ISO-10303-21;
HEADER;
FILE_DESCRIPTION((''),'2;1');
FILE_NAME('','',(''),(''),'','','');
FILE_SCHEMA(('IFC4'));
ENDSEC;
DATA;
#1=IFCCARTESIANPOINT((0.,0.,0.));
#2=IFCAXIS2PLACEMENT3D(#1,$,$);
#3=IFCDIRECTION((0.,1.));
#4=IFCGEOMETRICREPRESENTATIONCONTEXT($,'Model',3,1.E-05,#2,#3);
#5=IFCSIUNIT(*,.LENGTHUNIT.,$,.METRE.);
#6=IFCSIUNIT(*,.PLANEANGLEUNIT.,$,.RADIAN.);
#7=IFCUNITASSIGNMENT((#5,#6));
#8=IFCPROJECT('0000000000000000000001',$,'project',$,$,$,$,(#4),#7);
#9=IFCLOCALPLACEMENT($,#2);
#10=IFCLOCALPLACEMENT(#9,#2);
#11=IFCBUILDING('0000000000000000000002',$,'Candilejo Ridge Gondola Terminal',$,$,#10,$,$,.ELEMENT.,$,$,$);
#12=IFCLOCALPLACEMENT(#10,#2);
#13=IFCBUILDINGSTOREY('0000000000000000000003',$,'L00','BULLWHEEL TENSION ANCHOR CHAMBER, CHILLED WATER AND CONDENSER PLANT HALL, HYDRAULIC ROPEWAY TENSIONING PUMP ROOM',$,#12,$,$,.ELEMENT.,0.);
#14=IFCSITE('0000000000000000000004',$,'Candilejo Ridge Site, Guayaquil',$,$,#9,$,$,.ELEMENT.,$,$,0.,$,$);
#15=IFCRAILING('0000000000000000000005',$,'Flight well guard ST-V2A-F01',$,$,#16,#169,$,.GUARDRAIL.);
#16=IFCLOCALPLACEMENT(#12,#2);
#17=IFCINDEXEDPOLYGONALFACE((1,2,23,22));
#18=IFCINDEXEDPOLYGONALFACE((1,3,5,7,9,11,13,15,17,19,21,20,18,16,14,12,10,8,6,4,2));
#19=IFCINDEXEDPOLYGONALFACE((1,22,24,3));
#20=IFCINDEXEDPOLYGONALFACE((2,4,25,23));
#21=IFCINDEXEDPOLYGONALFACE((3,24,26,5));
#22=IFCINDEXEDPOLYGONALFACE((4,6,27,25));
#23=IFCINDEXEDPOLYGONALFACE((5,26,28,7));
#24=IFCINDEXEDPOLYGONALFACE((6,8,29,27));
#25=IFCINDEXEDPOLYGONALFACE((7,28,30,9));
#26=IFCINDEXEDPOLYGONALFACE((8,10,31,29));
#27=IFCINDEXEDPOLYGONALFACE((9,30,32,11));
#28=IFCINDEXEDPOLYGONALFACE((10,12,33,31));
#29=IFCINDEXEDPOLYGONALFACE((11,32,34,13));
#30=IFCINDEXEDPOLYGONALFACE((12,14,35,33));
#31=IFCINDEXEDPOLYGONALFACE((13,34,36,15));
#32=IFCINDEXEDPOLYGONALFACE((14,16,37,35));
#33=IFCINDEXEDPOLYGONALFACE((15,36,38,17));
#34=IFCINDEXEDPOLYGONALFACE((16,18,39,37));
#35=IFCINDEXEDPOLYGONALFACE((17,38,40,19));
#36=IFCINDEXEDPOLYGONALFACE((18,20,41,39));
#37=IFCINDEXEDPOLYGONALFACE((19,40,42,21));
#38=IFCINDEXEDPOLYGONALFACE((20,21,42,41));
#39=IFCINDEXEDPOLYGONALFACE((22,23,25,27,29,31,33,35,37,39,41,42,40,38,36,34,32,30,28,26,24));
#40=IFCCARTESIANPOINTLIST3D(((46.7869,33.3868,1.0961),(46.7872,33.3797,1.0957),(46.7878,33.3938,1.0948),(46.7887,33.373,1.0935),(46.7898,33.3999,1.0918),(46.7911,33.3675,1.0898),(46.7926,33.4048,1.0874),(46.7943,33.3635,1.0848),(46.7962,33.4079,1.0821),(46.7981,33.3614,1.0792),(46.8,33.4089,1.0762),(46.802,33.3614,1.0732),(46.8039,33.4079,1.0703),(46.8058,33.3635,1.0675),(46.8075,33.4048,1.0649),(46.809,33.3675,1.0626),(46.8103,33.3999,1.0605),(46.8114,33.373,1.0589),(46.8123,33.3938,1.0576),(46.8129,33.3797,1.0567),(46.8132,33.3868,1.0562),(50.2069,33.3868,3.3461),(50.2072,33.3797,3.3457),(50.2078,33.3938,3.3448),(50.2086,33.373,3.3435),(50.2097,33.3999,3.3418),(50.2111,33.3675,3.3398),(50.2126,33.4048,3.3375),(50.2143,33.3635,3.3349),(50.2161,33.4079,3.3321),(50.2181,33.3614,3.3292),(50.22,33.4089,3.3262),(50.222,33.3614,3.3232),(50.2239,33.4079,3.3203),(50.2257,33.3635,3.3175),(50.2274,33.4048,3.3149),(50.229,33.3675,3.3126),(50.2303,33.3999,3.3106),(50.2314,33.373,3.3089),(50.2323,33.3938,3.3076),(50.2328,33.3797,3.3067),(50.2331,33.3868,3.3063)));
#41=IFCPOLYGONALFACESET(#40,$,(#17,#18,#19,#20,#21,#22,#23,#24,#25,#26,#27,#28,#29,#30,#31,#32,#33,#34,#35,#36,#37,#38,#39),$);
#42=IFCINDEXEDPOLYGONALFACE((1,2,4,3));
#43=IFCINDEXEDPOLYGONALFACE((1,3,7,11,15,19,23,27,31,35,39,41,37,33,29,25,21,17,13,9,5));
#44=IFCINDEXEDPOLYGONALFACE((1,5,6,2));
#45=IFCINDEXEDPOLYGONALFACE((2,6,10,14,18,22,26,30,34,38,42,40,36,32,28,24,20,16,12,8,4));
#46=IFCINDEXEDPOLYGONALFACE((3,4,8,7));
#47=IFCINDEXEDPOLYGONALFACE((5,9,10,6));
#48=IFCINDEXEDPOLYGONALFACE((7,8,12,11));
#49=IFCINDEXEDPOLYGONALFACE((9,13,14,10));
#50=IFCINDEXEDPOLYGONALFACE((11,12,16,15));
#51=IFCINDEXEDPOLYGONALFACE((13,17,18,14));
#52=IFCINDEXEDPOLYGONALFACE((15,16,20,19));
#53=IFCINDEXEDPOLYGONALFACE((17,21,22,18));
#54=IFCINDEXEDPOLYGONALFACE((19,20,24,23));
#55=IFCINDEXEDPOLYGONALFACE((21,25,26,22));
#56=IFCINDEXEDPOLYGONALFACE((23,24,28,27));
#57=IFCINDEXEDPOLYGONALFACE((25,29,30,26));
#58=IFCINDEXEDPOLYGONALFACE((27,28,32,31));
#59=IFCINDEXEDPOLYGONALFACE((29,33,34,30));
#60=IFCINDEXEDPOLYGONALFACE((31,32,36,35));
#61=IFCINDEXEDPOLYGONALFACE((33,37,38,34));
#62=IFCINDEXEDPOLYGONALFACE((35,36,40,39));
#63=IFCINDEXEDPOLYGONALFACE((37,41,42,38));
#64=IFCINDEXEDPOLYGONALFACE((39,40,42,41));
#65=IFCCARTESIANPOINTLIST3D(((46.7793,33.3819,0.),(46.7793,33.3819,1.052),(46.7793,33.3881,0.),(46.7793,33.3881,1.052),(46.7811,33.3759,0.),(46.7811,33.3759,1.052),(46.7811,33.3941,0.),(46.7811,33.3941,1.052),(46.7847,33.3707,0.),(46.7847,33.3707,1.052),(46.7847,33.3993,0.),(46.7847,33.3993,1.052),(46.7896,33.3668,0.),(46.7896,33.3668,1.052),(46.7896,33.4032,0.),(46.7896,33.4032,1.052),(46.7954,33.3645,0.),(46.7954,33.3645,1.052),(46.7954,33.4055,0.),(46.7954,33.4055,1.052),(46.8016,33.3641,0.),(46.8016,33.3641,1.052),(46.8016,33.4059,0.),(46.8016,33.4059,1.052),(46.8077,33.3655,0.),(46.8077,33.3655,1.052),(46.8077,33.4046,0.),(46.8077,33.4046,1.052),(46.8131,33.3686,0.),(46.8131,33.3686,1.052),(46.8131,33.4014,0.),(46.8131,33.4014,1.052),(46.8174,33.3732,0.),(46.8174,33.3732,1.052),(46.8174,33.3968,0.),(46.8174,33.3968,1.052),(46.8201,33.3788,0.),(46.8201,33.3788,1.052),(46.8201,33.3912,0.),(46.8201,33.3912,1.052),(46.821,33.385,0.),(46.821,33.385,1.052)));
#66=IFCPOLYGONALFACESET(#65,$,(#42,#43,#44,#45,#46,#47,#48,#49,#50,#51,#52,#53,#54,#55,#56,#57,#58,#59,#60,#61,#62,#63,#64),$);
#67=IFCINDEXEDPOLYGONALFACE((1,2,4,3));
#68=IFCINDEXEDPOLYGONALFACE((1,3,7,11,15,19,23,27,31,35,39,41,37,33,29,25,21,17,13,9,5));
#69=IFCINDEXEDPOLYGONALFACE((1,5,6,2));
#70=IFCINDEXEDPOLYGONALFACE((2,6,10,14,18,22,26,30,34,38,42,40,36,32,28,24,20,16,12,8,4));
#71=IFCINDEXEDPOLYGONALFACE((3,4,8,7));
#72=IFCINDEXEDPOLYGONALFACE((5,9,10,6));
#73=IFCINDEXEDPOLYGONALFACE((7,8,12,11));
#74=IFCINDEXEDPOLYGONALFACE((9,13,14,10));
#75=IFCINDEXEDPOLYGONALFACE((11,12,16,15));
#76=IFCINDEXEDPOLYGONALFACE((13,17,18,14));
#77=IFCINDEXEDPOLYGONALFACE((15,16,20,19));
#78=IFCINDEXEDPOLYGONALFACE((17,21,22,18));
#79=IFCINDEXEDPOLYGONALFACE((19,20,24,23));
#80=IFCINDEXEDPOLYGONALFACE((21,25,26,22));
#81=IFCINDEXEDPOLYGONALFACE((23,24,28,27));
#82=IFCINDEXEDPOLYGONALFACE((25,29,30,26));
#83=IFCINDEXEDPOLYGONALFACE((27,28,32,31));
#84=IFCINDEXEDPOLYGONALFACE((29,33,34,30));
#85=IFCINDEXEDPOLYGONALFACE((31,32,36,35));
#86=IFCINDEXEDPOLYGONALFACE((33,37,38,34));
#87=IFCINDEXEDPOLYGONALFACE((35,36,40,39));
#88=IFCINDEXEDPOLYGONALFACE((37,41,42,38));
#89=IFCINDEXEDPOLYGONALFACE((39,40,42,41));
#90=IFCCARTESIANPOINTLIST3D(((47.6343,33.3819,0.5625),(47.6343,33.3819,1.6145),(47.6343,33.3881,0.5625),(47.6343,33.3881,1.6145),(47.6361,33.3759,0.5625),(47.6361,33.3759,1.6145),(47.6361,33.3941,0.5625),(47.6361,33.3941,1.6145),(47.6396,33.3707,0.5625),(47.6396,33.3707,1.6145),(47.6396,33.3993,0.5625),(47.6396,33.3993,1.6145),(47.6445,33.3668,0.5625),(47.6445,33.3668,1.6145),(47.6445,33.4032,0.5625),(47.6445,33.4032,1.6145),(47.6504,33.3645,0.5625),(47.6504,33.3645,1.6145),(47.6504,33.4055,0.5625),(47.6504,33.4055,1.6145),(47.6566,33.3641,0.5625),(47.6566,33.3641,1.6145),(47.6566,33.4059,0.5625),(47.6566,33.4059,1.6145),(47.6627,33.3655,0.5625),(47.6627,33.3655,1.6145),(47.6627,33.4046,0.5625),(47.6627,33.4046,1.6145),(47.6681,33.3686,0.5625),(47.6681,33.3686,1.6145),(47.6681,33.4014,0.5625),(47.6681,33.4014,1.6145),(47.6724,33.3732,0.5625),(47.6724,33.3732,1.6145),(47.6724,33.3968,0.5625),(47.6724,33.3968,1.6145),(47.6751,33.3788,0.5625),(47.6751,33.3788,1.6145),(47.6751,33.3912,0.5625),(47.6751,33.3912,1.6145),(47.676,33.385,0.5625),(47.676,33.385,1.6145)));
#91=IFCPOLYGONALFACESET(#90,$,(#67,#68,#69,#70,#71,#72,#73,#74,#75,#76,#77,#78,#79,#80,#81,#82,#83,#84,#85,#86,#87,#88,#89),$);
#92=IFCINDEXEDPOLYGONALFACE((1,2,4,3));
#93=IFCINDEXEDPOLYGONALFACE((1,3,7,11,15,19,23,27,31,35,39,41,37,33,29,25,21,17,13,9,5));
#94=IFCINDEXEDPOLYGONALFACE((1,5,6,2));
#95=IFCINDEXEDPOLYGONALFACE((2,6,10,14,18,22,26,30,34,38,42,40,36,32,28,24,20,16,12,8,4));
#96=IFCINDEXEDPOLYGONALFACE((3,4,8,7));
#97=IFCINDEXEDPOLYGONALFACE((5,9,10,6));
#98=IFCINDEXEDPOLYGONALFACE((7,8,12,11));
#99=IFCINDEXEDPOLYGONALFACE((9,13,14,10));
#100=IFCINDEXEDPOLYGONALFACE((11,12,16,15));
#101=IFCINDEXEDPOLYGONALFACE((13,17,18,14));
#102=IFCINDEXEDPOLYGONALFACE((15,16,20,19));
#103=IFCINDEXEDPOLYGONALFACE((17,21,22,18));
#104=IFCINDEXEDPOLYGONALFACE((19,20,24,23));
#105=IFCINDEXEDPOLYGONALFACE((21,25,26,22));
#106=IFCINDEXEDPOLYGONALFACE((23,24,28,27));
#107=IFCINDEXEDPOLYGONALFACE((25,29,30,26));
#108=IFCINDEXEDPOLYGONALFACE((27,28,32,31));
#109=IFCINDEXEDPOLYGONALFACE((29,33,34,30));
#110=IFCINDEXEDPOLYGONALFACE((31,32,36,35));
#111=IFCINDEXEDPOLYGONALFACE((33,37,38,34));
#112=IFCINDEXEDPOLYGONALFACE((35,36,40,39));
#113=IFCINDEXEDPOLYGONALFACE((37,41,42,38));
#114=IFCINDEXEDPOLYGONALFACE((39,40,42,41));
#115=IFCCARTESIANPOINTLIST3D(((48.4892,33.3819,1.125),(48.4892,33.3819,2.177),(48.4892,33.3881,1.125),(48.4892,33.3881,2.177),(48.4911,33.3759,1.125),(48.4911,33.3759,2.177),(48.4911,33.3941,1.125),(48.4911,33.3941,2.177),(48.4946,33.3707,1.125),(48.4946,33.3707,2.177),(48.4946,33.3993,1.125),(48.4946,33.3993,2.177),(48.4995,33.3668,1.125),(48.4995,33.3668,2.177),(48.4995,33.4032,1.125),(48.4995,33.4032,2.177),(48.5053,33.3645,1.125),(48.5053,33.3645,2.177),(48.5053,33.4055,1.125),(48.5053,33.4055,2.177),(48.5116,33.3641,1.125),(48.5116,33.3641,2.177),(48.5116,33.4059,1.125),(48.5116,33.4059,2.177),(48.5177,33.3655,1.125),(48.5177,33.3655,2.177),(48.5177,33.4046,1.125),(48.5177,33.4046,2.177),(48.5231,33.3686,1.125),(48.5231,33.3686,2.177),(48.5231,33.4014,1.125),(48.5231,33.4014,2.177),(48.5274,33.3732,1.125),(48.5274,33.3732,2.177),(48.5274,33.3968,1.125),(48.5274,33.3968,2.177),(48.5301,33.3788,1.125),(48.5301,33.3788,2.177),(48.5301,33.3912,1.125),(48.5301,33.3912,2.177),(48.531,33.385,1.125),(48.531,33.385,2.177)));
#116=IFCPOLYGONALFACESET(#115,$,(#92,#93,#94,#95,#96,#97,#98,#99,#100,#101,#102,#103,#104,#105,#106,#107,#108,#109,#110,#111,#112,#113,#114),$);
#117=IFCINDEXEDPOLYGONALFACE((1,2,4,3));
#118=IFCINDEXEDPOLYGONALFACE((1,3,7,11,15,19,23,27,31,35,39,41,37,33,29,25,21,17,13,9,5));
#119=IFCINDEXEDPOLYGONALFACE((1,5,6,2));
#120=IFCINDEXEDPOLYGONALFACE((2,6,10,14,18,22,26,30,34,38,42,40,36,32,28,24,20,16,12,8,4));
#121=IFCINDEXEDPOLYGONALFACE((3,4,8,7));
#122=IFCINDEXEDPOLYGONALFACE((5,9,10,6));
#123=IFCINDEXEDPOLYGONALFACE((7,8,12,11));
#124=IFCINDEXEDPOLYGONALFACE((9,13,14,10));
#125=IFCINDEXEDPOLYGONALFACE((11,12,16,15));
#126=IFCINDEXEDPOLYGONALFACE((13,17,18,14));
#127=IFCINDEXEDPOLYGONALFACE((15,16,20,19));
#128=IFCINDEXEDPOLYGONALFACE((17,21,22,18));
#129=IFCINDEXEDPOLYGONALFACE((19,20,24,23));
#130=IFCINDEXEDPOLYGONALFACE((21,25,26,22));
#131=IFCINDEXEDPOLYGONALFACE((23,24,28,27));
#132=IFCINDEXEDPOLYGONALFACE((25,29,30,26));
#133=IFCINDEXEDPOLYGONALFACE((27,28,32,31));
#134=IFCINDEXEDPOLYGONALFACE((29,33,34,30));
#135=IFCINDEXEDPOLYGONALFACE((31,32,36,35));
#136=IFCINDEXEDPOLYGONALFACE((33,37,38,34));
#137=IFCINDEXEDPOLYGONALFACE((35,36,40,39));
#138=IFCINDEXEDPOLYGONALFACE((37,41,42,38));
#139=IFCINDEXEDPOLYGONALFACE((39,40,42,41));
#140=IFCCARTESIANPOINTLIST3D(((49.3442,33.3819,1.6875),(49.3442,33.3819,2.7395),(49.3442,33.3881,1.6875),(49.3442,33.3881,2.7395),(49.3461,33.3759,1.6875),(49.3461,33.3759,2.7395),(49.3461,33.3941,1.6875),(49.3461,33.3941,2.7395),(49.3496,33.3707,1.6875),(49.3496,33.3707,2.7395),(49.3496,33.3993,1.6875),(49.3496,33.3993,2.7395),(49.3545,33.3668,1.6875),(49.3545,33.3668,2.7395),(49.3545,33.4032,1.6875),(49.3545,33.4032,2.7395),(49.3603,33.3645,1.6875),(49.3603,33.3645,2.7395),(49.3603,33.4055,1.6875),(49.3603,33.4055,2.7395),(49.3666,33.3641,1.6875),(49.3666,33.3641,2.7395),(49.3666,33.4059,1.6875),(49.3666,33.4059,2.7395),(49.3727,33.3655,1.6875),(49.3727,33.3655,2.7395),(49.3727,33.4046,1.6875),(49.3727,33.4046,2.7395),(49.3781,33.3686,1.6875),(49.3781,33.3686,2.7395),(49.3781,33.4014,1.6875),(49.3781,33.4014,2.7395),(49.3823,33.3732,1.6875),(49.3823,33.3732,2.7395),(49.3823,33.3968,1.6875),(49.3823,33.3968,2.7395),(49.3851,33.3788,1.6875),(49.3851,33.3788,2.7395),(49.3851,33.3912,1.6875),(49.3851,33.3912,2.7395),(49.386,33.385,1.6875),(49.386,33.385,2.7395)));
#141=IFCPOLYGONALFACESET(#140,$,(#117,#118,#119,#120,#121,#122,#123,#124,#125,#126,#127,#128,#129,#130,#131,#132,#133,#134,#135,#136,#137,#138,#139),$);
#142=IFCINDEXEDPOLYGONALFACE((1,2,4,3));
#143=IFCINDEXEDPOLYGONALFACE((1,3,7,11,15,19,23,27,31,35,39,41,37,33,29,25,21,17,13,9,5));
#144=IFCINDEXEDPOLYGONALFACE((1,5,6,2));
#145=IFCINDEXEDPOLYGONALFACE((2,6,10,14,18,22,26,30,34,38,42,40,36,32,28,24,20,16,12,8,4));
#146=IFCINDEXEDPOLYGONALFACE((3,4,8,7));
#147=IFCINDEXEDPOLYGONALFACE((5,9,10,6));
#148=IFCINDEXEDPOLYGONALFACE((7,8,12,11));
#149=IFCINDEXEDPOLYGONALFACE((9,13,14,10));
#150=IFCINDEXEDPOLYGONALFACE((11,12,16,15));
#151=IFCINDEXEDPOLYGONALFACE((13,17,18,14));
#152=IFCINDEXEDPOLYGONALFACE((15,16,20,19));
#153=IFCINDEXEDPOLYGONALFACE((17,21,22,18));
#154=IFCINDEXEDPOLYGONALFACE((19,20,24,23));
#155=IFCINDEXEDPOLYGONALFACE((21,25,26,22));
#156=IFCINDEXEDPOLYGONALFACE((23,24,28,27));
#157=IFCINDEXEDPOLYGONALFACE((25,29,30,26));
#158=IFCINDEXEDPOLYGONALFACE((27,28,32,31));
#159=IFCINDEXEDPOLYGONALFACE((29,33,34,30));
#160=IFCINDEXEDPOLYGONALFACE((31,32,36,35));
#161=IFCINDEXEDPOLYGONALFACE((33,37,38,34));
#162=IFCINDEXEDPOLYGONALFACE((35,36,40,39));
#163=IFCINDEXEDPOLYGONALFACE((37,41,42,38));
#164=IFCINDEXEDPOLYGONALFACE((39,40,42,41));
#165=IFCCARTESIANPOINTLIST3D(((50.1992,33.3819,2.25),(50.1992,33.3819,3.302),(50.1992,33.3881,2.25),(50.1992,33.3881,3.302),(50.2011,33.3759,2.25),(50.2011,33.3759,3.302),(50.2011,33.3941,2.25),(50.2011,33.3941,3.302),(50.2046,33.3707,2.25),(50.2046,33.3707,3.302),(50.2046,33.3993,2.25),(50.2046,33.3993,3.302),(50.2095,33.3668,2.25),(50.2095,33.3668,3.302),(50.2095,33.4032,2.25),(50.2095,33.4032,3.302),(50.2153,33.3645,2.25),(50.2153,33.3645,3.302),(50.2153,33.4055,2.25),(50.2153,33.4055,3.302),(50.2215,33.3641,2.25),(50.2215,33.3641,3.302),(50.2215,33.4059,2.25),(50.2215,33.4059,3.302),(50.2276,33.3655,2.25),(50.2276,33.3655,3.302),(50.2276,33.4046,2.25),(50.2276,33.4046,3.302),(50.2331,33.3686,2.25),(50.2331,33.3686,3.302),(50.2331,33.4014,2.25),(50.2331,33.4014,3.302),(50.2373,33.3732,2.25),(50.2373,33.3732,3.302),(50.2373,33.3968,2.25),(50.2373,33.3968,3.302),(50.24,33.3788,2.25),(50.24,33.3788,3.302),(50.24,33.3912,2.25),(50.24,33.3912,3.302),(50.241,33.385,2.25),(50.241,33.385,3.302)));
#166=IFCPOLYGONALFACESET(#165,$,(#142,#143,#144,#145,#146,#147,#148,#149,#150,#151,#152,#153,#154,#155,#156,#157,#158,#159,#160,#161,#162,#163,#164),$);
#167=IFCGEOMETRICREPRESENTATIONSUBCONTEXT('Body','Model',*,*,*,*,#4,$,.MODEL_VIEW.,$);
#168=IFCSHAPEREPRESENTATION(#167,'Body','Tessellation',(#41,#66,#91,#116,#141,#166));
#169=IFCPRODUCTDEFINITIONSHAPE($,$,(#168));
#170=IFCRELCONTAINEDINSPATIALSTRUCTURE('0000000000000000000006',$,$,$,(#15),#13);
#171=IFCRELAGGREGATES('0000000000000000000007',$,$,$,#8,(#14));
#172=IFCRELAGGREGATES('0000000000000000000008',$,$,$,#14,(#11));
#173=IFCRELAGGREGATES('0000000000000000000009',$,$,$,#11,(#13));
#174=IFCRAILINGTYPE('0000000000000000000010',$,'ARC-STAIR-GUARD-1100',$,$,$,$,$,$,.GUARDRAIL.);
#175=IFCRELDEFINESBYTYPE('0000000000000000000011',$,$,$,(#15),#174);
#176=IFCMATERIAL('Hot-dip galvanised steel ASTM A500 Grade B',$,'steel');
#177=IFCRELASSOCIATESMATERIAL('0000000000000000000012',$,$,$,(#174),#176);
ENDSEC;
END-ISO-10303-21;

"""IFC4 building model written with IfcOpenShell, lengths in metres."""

from ifc_helpers import new_model, si_unit, direction, frame, origin, origin_2d, place, context, subcontext, project, spatial, circle, extrude, material, type_object, element, save


model = new_model("IFC4")

# Units and contexts
model_context = context("Model", 3, precision=1e-05, world=origin(), true_north=direction((0.0, 1.0)))
body_context = subcontext(model_context, "Body", "Model", "MODEL_VIEW")
ifc_project = project(units=[si_unit("LENGTHUNIT", "METRE"), si_unit("PLANEANGLEUNIT", "RADIAN")], contexts=[model_context])

# Site, building, storey
site_placement = place(None, origin())
site = spatial("IfcSite", under=ifc_project, at=site_placement, Name="Candilejo Ridge Site, Guayaquil", CompositionType="ELEMENT", RefElevation=0.0)
building_placement = place(site_placement, origin())
building = spatial("IfcBuilding", under=site, at=building_placement, Name="Candilejo Ridge Gondola Terminal", CompositionType="ELEMENT")
storey_placement = place(building_placement, origin())
storey = spatial("IfcBuildingStorey", under=building, at=storey_placement, Name="L00", Description="BULLWHEEL TENSION ANCHOR CHAMBER, CHILLED WATER AND CONDENSER PLANT HALL, HYDRAULIC ROPEWAY TENSIONING PUMP ROOM", CompositionType="ELEMENT", Elevation=0.0)

# Railing
ifc_material_1 = material(Name="Hot-dip galvanised steel ASTM A500 Grade B", Category="steel")
railing_type_1 = type_object("IfcRailingType", Name="ARC-STAIR-GUARD-1100", PredefinedType="GUARDRAIL", material=ifc_material_1)
railing_1_placement = place(storey_placement, frame((46.8, 33.385, 0.0)))
element("IfcRailing", 1, at=railing_1_placement, inside=storey, type_object=railing_type_1, Name="Flight well guard ST-V2A-F01", PredefinedType="GUARDRAIL", context=body_context, shape_type="SweptSolid", body=[
    extrude(circle(Radius=0.0239, at=origin_2d()), frame((0.0, 0.0, 1.0762), z_axis=(0.835411, 0.0, 0.549625), x_axis=(0.0, 1.0, 0.0)), (0.0, 0.0, 1.0), 4.0938),
    extrude(circle(Radius=0.021, at=origin_2d()), origin(), (0.0, 0.0, 1.0), 1.052),
    extrude(circle(Radius=0.021, at=origin_2d()), frame((0.855, 0.0, 0.5625)), (0.0, 0.0, 1.0), 1.052),
    extrude(circle(Radius=0.021, at=origin_2d()), frame((1.71, 0.0, 1.125)), (0.0, 0.0, 1.0), 1.052),
    extrude(circle(Radius=0.021, at=origin_2d()), frame((2.5649, 0.0, 1.6875)), (0.0, 0.0, 1.0), 1.052),
    extrude(circle(Radius=0.021, at=origin_2d()), frame((3.4199, 0.0, 2.25)), (0.0, 0.0, 1.0), 1.052),
])

save(model, "model.ifc")
